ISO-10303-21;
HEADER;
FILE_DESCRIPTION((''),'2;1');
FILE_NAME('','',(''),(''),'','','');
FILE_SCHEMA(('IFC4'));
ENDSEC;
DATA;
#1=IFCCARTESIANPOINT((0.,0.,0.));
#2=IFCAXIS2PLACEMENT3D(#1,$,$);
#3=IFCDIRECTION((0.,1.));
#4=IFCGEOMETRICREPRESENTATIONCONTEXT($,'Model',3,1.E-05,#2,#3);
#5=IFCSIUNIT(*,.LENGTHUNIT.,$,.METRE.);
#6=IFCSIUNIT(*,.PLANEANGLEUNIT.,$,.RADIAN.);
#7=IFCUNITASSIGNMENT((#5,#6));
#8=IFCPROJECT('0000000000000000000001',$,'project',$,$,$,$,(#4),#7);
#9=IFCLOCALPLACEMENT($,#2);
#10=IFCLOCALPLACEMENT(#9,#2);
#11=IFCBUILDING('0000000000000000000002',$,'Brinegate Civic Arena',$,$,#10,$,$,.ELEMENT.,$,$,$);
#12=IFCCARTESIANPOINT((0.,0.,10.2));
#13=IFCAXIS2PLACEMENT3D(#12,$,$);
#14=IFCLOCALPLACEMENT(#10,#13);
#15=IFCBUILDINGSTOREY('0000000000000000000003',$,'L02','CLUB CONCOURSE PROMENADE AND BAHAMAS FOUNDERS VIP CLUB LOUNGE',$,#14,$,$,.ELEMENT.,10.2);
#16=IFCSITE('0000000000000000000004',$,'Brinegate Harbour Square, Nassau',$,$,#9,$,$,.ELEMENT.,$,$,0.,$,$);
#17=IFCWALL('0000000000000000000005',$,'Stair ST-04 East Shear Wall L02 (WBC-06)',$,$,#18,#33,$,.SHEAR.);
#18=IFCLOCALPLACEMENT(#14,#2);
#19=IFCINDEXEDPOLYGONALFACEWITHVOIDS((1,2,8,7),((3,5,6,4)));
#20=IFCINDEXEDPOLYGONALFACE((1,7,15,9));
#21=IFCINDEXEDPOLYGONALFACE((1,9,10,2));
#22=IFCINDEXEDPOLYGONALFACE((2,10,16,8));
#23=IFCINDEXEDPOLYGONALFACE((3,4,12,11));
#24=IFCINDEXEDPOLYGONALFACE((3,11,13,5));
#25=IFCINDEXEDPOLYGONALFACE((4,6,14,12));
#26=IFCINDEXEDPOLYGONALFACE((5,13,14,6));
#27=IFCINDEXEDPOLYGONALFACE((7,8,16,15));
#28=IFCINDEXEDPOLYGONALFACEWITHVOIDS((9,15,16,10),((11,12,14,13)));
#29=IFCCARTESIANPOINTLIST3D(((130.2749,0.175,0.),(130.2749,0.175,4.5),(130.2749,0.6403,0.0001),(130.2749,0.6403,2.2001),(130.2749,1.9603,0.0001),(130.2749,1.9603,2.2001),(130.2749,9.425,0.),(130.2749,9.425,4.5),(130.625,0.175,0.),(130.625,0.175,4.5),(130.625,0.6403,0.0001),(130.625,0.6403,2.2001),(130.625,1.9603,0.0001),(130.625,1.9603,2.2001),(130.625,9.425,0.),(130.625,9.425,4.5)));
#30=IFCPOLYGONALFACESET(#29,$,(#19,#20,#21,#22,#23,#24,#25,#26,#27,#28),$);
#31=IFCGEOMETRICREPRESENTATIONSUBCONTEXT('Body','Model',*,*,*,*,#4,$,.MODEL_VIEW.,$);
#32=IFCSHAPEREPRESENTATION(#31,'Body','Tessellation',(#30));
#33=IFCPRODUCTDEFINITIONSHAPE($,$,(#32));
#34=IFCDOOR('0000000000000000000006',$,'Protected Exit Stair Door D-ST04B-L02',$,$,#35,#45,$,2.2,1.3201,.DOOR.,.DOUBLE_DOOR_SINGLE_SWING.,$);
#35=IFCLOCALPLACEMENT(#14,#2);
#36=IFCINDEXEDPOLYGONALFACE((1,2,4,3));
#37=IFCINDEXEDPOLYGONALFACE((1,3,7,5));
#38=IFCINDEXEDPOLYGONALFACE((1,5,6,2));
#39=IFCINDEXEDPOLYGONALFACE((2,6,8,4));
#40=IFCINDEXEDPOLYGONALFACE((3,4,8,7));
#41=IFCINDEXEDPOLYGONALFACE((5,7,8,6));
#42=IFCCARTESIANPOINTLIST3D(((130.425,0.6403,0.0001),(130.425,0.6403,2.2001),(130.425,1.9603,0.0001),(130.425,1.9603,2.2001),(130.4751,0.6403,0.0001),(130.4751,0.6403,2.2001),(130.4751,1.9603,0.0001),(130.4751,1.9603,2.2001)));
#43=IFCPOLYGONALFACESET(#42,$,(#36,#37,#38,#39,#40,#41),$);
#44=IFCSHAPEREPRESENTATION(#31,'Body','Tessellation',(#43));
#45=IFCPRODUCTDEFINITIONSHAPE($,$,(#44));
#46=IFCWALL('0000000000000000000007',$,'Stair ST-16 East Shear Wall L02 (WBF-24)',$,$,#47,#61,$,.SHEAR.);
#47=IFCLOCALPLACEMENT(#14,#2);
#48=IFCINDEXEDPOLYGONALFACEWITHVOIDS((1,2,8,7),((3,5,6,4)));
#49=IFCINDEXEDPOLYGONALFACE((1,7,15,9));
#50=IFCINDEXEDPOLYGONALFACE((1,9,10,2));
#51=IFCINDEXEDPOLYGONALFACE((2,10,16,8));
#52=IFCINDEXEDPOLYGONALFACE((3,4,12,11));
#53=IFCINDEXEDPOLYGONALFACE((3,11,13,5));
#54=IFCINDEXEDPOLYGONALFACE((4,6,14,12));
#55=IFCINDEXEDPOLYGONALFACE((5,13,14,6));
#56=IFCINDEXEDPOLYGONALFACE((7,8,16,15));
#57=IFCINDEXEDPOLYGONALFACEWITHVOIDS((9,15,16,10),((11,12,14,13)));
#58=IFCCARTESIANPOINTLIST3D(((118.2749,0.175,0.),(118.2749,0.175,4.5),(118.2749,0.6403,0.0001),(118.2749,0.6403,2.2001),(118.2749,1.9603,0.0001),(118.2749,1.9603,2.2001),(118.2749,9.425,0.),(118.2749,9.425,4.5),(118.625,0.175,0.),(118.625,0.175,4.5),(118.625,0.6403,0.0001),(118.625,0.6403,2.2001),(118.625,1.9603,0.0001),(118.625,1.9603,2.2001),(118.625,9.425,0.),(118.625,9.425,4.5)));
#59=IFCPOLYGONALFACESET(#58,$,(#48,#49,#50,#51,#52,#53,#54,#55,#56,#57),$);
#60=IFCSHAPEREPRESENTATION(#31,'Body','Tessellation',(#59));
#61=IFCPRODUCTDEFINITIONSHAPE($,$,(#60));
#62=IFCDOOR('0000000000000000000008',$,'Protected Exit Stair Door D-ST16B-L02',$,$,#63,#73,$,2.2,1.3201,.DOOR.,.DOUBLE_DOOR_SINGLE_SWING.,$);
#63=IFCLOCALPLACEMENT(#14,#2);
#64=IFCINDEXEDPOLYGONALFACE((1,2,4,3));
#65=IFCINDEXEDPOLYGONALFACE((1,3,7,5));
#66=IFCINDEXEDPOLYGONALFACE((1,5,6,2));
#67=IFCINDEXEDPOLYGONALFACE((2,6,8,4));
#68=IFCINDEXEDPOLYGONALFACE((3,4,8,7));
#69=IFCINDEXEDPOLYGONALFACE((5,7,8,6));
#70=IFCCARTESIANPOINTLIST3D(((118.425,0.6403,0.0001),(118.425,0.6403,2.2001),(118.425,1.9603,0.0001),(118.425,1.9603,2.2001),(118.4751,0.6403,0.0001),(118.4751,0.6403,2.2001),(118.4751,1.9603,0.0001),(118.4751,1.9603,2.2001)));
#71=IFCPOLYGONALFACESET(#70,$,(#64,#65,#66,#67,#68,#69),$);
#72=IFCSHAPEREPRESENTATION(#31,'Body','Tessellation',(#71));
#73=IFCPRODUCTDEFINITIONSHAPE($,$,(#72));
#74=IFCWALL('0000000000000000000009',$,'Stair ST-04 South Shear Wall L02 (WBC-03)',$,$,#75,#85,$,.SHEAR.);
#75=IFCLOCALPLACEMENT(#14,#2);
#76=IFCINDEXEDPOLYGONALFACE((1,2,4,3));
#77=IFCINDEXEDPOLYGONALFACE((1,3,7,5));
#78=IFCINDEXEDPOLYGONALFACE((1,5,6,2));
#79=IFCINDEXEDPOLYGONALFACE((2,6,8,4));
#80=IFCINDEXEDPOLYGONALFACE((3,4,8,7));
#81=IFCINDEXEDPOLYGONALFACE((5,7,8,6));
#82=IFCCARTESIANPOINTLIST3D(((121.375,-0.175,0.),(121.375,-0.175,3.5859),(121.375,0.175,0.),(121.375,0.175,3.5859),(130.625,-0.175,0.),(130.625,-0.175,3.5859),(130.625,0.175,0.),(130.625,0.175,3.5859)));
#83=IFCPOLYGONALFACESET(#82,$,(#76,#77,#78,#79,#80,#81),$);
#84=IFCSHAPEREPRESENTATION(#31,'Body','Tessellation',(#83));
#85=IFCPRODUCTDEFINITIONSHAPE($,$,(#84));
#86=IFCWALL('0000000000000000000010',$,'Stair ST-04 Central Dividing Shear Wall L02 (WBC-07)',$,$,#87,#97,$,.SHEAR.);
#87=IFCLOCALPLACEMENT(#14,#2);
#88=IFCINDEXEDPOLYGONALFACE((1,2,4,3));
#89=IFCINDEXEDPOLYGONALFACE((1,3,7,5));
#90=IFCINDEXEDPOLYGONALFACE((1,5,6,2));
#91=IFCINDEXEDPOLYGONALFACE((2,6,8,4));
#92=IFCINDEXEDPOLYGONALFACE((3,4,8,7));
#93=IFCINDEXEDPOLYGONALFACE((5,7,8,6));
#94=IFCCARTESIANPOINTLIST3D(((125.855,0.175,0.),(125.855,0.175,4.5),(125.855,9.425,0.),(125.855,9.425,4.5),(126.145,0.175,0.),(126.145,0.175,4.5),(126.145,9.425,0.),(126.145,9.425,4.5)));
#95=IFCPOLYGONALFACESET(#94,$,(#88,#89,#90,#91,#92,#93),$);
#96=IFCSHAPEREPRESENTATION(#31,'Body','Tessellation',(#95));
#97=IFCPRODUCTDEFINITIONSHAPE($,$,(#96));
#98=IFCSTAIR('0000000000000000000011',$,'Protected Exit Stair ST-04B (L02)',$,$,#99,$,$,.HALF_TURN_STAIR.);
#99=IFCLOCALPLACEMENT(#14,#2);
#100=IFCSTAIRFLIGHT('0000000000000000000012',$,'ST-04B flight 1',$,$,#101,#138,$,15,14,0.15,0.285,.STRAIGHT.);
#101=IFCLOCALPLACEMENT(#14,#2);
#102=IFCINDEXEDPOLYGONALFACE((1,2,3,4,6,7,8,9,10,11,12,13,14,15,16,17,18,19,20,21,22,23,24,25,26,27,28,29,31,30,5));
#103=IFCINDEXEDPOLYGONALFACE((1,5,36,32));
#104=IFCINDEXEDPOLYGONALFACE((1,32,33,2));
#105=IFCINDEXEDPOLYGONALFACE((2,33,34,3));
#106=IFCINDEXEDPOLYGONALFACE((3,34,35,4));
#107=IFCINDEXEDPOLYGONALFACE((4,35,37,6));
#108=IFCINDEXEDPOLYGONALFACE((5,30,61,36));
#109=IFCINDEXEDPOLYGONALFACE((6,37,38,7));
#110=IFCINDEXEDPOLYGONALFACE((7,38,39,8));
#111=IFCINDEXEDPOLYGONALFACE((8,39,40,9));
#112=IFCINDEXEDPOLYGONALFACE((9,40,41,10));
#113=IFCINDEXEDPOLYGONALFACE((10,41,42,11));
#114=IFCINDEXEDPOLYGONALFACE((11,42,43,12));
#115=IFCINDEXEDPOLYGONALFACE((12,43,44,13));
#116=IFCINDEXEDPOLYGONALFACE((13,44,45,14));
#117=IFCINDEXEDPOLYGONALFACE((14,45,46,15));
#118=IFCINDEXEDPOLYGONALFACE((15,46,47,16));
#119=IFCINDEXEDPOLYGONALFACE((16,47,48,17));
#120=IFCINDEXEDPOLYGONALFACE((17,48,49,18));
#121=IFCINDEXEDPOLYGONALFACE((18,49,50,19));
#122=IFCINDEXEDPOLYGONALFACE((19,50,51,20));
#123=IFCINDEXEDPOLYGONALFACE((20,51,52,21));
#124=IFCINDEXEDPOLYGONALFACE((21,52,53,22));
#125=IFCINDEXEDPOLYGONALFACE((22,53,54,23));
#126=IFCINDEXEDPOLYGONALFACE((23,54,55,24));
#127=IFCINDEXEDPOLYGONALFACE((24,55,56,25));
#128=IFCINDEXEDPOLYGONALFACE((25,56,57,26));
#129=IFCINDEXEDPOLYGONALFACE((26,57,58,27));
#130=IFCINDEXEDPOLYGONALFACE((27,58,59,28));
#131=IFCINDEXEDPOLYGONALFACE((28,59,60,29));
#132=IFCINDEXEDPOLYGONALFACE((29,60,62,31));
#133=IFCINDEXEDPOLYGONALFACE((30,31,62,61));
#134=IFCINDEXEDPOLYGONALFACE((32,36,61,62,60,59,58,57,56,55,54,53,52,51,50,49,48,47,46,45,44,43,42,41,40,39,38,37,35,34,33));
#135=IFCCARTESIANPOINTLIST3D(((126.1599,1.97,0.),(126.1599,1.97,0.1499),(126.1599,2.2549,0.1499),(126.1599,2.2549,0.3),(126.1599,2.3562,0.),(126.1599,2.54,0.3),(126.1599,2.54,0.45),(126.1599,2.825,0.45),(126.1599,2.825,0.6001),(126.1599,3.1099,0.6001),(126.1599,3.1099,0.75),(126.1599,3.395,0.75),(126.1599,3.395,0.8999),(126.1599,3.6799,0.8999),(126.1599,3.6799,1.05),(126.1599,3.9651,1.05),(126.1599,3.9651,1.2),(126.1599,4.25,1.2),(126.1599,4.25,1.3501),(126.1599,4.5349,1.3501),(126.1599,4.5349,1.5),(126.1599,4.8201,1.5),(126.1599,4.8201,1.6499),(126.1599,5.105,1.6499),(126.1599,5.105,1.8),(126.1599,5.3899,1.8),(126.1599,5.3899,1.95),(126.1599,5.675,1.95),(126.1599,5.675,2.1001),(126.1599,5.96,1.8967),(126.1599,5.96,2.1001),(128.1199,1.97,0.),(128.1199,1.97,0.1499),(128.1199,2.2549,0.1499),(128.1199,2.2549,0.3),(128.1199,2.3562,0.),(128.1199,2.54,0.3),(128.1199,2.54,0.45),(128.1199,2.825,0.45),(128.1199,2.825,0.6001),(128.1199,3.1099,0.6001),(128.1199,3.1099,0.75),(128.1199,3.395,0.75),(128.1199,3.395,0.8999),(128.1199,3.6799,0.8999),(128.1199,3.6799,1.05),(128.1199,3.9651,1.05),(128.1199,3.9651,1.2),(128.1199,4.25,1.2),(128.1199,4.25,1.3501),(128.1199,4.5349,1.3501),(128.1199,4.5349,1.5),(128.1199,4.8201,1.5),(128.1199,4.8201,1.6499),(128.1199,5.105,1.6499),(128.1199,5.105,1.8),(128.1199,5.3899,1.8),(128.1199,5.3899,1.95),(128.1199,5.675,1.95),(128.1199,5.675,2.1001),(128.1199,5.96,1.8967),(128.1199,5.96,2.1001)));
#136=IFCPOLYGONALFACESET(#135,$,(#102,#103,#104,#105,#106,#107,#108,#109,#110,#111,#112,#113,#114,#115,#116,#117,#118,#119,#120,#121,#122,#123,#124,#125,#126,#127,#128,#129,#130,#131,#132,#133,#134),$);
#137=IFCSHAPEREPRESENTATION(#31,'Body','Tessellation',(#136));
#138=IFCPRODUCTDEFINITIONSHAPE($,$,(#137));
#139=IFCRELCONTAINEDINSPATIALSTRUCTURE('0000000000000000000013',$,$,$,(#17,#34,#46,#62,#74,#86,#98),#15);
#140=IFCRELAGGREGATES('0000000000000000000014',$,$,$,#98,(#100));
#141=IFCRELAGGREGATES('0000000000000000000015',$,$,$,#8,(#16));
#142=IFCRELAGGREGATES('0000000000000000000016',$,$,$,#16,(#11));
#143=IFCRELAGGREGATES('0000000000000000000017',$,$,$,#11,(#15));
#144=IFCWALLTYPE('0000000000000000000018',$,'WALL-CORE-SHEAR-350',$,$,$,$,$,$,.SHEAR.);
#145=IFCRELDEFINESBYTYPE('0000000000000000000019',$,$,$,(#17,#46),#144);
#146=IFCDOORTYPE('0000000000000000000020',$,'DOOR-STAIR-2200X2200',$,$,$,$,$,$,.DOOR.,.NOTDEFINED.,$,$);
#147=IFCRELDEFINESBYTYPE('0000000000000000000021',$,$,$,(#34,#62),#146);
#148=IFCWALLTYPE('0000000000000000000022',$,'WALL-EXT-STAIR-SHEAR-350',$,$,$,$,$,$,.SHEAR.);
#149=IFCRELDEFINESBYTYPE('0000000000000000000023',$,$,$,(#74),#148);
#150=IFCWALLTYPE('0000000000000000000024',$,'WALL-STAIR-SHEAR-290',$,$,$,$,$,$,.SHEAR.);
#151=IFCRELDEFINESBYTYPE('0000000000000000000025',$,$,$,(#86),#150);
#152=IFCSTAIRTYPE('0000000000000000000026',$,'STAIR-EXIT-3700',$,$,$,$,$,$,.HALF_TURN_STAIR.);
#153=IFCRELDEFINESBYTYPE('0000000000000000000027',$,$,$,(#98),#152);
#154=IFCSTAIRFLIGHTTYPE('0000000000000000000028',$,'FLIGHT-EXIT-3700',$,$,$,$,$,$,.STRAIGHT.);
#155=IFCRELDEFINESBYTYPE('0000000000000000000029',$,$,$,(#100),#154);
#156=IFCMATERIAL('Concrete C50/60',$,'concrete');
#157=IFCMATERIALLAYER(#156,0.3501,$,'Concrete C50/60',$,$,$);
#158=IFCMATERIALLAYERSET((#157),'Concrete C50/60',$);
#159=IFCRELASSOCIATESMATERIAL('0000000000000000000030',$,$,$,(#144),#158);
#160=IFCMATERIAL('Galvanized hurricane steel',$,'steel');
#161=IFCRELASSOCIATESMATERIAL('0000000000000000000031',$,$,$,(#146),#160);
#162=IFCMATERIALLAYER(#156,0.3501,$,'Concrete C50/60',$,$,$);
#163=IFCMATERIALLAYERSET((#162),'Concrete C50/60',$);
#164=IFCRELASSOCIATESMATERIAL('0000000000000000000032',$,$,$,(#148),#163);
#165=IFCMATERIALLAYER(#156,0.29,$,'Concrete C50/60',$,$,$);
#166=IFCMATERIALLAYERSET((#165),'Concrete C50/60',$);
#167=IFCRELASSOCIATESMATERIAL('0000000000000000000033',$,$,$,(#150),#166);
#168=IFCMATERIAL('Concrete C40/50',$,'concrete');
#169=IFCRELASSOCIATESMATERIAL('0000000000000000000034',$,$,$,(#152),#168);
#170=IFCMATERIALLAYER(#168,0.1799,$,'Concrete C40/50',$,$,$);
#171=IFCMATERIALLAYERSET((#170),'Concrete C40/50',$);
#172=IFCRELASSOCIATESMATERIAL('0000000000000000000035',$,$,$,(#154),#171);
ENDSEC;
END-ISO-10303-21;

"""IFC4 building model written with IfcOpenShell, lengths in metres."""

from ifc_helpers import new_model, si_unit, direction, frame, frame_2d, origin, place, context, subcontext, project, spatial, polyline, rectangle, outline, extrude, material, layer, layer_set, type_object, element, fill, aggregate, save


model = new_model("IFC4")

# Units and contexts
model_context = context("Model", 3, precision=1e-05, world=origin(), true_north=direction((0.0, 1.0)))
body_context = subcontext(model_context, "Body", "Model", "MODEL_VIEW")
ifc_project = project(units=[si_unit("LENGTHUNIT", "METRE"), si_unit("PLANEANGLEUNIT", "RADIAN")], contexts=[model_context])

# Site, building, storey
site_placement = place(None, origin())
site = spatial("IfcSite", under=ifc_project, at=site_placement, Name="Brinegate Harbour Square, Nassau", CompositionType="ELEMENT", RefElevation=0.0)
building_placement = place(site_placement, origin())
building = spatial("IfcBuilding", under=site, at=building_placement, Name="Brinegate Civic Arena", CompositionType="ELEMENT")
storey_placement = place(building_placement, frame((0.0, 0.0, 10.2)))
storey = spatial("IfcBuildingStorey", under=building, at=storey_placement, Name="L02", Description="CLUB CONCOURSE PROMENADE AND BAHAMAS FOUNDERS VIP CLUB LOUNGE", CompositionType="ELEMENT", Elevation=10.2)

# Shared definitions
ifc_material_1 = material(Name="Concrete C50/60", Category="concrete")

# Walls, openings, doors
ifc_layer_1 = layer(ifc_material_1, 0.3501, Name="Concrete C50/60")
ifc_layer_set_1 = layer_set([ifc_layer_1], Name="Concrete C50/60")
wall_type_1 = type_object("IfcWallType", Name="WALL-CORE-SHEAR-350", PredefinedType="SHEAR", material=ifc_layer_set_1)
ifc_material_2 = material(Name="Galvanized hurricane steel", Category="steel")
wall_1_placement = place(storey_placement, frame((130.45, 0.175, 0.0), z_axis=(0.0, 0.0, 1.0), x_axis=(0.0, 1.0, 0.0)))
wall_1 = element("IfcWall", 1, at=wall_1_placement, inside=storey, type_object=wall_type_1, Name="Stair ST-04 East Shear Wall L02 (WBC-06)", PredefinedType="SHEAR", context=body_context, shape_type="SweptSolid", body=[
    extrude(rectangle(XDim=9.25, YDim=0.3501, at=frame_2d((4.625, 0.0))), origin(), (0.0, 0.0, 1.0), 4.5),
])
opening_1_placement = place(wall_1_placement, frame((0.4651, 0.0, 0.0)))
opening_1 = element("IfcOpeningElement", 2, at=opening_1_placement, cuts=wall_1, PredefinedType="OPENING", context=body_context, shape_type="SweptSolid", body=[
    extrude(rectangle(XDim=1.3201, YDim=2.2, at=frame_2d((0.6602, 1.1001))), frame((0.0, 0.1851, 0.0), z_axis=(0.0, -1.0, 0.0), x_axis=(1.0, 0.0, 0.0)), (0.0, 0.0, 1.0), 0.3701),
])
door_type_1 = type_object("IfcDoorType", Name="DOOR-STAIR-2200X2200", OperationType="NOTDEFINED", PredefinedType="DOOR", material=ifc_material_2)
door_1_placement = place(opening_1_placement, origin())
door_1 = element("IfcDoor", 3, at=door_1_placement, inside=storey, type_object=door_type_1, Name="Protected Exit Stair Door D-ST04B-L02", OperationType="DOUBLE_DOOR_SINGLE_SWING", OverallHeight=2.2, OverallWidth=1.3201, PredefinedType="DOOR", context=body_context, shape_type="SweptSolid", body=[
    extrude(rectangle(XDim=1.3201, YDim=2.2, at=frame_2d((0.6602, 1.1001))), frame((0.0, 0.0249, 0.0), z_axis=(0.0, -1.0, 0.0), x_axis=(1.0, 0.0, 0.0)), (0.0, 0.0, 1.0), 0.05),
])
fill(opening_1, door_1)
wall_2_placement = place(storey_placement, frame((118.45, 0.175, 0.0), z_axis=(0.0, 0.0, 1.0), x_axis=(0.0, 1.0, 0.0)))
wall_2 = element("IfcWall", 4, at=wall_2_placement, inside=storey, type_object=wall_type_1, Name="Stair ST-16 East Shear Wall L02 (WBF-24)", PredefinedType="SHEAR", context=body_context, shape_type="SweptSolid", body=[
    extrude(rectangle(XDim=9.25, YDim=0.3501, at=frame_2d((4.625, 0.0))), origin(), (0.0, 0.0, 1.0), 4.5),
])
opening_2_placement = place(wall_2_placement, frame((0.4651, 0.0, 0.0)))
opening_2 = element("IfcOpeningElement", 5, at=opening_2_placement, cuts=wall_2, PredefinedType="OPENING", context=body_context, shape_type="SweptSolid", body=[
    extrude(rectangle(XDim=1.3201, YDim=2.2, at=frame_2d((0.6602, 1.1001))), frame((0.0, 0.1851, 0.0), z_axis=(0.0, -1.0, 0.0), x_axis=(1.0, 0.0, 0.0)), (0.0, 0.0, 1.0), 0.3701),
])
door_2_placement = place(opening_2_placement, origin())
door_2 = element("IfcDoor", 6, at=door_2_placement, inside=storey, type_object=door_type_1, Name="Protected Exit Stair Door D-ST16B-L02", OperationType="DOUBLE_DOOR_SINGLE_SWING", OverallHeight=2.2, OverallWidth=1.3201, PredefinedType="DOOR", context=body_context, shape_type="SweptSolid", body=[
    extrude(rectangle(XDim=1.3201, YDim=2.2, at=frame_2d((0.6602, 1.1001))), frame((0.0, 0.0249, 0.0), z_axis=(0.0, -1.0, 0.0), x_axis=(1.0, 0.0, 0.0)), (0.0, 0.0, 1.0), 0.05),
])
fill(opening_2, door_2)

# Walls
ifc_layer_2 = layer(ifc_material_1, 0.3501, Name="Concrete C50/60")
ifc_layer_set_2 = layer_set([ifc_layer_2], Name="Concrete C50/60")
wall_type_2 = type_object("IfcWallType", Name="WALL-EXT-STAIR-SHEAR-350", PredefinedType="SHEAR", material=ifc_layer_set_2)
wall_3_placement = place(storey_placement, frame((121.375, 0.0, 0.0), z_axis=(0.0, 0.0, 1.0), x_axis=(1.0, 0.0, 0.0)))
element("IfcWall", 7, at=wall_3_placement, inside=storey, type_object=wall_type_2, Name="Stair ST-04 South Shear Wall L02 (WBC-03)", PredefinedType="SHEAR", context=body_context, shape_type="SweptSolid", body=[
    extrude(rectangle(XDim=9.25, YDim=0.3501, at=frame_2d((4.625, 0.0))), origin(), (0.0, 0.0, 1.0), 3.5859),
])
ifc_layer_3 = layer(ifc_material_1, 0.29, Name="Concrete C50/60")
ifc_layer_set_3 = layer_set([ifc_layer_3], Name="Concrete C50/60")
wall_type_3 = type_object("IfcWallType", Name="WALL-STAIR-SHEAR-290", PredefinedType="SHEAR", material=ifc_layer_set_3)
wall_4_placement = place(storey_placement, frame((126.0, 0.175, 0.0), z_axis=(0.0, 0.0, 1.0), x_axis=(0.0, 1.0, 0.0)))
element("IfcWall", 8, at=wall_4_placement, inside=storey, type_object=wall_type_3, Name="Stair ST-04 Central Dividing Shear Wall L02 (WBC-07)", PredefinedType="SHEAR", context=body_context, shape_type="SweptSolid", body=[
    extrude(rectangle(XDim=9.25, YDim=0.29, at=frame_2d((4.625, 0.0))), origin(), (0.0, 0.0, 1.0), 4.5),
])

# Stair, stair flight
ifc_material_3 = material(Name="Concrete C40/50", Category="concrete")
stair_type_1 = type_object("IfcStairType", Name="STAIR-EXIT-3700", PredefinedType="HALF_TURN_STAIR", material=ifc_material_3)
stair_1_placement = place(storey_placement, origin())
stair_1 = element("IfcStair", 9, at=stair_1_placement, inside=storey, type_object=stair_type_1, Name="Protected Exit Stair ST-04B (L02)", PredefinedType="HALF_TURN_STAIR")
ifc_layer_4 = layer(ifc_material_3, 0.1799, Name="Concrete C40/50")
ifc_layer_set_4 = layer_set([ifc_layer_4], Name="Concrete C40/50")
stair_flight_type_1 = type_object("IfcStairFlightType", Name="FLIGHT-EXIT-3700", PredefinedType="STRAIGHT", material=ifc_layer_set_4)
stair_flight_1_placement = place(storey_placement, frame((127.1399, 1.97, 0.0), z_axis=(0.0, 0.0, 1.0), x_axis=(0.0, 1.0, 0.0)))
stair_flight_1 = element("IfcStairFlight", 10, at=stair_flight_1_placement, type_object=stair_flight_type_1, Name="ST-04B flight 1", NumberOfRisers=15, NumberOfTreads=14, PredefinedType="STRAIGHT", RiserHeight=0.15, TreadLength=0.285, context=body_context, shape_type="SweptSolid", body=[
    extrude(outline(polyline([(0.0, 0.0), (0.0, 0.1499), (0.2849, 0.1499), (0.2849, 0.3), (0.5701, 0.3), (0.5701, 0.45), (0.855, 0.45), (0.855, 0.6001), (1.1399, 0.6001), (1.1399, 0.75), (1.425, 0.75), (1.425, 0.8999), (1.71, 0.8999), (1.71, 1.05), (1.9951, 1.05), (1.9951, 1.2), (2.28, 1.2), (2.28, 1.3501), (2.5649, 1.3501), (2.5649, 1.5), (2.8501, 1.5), (2.8501, 1.6499), (3.135, 1.6499), (3.135, 1.8), (3.4199, 1.8), (3.4199, 1.95), (3.7051, 1.95), (3.7051, 2.1001), (3.99, 2.1001), (3.99, 2.25), (3.99, 1.8967), (0.3862, 0.0), (0.0, 0.0)])), frame((0.0, 0.98, 0.0), z_axis=(0.0, -1.0, 0.0), x_axis=(1.0, 0.0, 0.0)), (0.0, 0.0, 1.0), 1.96),
])
aggregate(stair_1, [stair_flight_1])

save(model, "model.ifc")
